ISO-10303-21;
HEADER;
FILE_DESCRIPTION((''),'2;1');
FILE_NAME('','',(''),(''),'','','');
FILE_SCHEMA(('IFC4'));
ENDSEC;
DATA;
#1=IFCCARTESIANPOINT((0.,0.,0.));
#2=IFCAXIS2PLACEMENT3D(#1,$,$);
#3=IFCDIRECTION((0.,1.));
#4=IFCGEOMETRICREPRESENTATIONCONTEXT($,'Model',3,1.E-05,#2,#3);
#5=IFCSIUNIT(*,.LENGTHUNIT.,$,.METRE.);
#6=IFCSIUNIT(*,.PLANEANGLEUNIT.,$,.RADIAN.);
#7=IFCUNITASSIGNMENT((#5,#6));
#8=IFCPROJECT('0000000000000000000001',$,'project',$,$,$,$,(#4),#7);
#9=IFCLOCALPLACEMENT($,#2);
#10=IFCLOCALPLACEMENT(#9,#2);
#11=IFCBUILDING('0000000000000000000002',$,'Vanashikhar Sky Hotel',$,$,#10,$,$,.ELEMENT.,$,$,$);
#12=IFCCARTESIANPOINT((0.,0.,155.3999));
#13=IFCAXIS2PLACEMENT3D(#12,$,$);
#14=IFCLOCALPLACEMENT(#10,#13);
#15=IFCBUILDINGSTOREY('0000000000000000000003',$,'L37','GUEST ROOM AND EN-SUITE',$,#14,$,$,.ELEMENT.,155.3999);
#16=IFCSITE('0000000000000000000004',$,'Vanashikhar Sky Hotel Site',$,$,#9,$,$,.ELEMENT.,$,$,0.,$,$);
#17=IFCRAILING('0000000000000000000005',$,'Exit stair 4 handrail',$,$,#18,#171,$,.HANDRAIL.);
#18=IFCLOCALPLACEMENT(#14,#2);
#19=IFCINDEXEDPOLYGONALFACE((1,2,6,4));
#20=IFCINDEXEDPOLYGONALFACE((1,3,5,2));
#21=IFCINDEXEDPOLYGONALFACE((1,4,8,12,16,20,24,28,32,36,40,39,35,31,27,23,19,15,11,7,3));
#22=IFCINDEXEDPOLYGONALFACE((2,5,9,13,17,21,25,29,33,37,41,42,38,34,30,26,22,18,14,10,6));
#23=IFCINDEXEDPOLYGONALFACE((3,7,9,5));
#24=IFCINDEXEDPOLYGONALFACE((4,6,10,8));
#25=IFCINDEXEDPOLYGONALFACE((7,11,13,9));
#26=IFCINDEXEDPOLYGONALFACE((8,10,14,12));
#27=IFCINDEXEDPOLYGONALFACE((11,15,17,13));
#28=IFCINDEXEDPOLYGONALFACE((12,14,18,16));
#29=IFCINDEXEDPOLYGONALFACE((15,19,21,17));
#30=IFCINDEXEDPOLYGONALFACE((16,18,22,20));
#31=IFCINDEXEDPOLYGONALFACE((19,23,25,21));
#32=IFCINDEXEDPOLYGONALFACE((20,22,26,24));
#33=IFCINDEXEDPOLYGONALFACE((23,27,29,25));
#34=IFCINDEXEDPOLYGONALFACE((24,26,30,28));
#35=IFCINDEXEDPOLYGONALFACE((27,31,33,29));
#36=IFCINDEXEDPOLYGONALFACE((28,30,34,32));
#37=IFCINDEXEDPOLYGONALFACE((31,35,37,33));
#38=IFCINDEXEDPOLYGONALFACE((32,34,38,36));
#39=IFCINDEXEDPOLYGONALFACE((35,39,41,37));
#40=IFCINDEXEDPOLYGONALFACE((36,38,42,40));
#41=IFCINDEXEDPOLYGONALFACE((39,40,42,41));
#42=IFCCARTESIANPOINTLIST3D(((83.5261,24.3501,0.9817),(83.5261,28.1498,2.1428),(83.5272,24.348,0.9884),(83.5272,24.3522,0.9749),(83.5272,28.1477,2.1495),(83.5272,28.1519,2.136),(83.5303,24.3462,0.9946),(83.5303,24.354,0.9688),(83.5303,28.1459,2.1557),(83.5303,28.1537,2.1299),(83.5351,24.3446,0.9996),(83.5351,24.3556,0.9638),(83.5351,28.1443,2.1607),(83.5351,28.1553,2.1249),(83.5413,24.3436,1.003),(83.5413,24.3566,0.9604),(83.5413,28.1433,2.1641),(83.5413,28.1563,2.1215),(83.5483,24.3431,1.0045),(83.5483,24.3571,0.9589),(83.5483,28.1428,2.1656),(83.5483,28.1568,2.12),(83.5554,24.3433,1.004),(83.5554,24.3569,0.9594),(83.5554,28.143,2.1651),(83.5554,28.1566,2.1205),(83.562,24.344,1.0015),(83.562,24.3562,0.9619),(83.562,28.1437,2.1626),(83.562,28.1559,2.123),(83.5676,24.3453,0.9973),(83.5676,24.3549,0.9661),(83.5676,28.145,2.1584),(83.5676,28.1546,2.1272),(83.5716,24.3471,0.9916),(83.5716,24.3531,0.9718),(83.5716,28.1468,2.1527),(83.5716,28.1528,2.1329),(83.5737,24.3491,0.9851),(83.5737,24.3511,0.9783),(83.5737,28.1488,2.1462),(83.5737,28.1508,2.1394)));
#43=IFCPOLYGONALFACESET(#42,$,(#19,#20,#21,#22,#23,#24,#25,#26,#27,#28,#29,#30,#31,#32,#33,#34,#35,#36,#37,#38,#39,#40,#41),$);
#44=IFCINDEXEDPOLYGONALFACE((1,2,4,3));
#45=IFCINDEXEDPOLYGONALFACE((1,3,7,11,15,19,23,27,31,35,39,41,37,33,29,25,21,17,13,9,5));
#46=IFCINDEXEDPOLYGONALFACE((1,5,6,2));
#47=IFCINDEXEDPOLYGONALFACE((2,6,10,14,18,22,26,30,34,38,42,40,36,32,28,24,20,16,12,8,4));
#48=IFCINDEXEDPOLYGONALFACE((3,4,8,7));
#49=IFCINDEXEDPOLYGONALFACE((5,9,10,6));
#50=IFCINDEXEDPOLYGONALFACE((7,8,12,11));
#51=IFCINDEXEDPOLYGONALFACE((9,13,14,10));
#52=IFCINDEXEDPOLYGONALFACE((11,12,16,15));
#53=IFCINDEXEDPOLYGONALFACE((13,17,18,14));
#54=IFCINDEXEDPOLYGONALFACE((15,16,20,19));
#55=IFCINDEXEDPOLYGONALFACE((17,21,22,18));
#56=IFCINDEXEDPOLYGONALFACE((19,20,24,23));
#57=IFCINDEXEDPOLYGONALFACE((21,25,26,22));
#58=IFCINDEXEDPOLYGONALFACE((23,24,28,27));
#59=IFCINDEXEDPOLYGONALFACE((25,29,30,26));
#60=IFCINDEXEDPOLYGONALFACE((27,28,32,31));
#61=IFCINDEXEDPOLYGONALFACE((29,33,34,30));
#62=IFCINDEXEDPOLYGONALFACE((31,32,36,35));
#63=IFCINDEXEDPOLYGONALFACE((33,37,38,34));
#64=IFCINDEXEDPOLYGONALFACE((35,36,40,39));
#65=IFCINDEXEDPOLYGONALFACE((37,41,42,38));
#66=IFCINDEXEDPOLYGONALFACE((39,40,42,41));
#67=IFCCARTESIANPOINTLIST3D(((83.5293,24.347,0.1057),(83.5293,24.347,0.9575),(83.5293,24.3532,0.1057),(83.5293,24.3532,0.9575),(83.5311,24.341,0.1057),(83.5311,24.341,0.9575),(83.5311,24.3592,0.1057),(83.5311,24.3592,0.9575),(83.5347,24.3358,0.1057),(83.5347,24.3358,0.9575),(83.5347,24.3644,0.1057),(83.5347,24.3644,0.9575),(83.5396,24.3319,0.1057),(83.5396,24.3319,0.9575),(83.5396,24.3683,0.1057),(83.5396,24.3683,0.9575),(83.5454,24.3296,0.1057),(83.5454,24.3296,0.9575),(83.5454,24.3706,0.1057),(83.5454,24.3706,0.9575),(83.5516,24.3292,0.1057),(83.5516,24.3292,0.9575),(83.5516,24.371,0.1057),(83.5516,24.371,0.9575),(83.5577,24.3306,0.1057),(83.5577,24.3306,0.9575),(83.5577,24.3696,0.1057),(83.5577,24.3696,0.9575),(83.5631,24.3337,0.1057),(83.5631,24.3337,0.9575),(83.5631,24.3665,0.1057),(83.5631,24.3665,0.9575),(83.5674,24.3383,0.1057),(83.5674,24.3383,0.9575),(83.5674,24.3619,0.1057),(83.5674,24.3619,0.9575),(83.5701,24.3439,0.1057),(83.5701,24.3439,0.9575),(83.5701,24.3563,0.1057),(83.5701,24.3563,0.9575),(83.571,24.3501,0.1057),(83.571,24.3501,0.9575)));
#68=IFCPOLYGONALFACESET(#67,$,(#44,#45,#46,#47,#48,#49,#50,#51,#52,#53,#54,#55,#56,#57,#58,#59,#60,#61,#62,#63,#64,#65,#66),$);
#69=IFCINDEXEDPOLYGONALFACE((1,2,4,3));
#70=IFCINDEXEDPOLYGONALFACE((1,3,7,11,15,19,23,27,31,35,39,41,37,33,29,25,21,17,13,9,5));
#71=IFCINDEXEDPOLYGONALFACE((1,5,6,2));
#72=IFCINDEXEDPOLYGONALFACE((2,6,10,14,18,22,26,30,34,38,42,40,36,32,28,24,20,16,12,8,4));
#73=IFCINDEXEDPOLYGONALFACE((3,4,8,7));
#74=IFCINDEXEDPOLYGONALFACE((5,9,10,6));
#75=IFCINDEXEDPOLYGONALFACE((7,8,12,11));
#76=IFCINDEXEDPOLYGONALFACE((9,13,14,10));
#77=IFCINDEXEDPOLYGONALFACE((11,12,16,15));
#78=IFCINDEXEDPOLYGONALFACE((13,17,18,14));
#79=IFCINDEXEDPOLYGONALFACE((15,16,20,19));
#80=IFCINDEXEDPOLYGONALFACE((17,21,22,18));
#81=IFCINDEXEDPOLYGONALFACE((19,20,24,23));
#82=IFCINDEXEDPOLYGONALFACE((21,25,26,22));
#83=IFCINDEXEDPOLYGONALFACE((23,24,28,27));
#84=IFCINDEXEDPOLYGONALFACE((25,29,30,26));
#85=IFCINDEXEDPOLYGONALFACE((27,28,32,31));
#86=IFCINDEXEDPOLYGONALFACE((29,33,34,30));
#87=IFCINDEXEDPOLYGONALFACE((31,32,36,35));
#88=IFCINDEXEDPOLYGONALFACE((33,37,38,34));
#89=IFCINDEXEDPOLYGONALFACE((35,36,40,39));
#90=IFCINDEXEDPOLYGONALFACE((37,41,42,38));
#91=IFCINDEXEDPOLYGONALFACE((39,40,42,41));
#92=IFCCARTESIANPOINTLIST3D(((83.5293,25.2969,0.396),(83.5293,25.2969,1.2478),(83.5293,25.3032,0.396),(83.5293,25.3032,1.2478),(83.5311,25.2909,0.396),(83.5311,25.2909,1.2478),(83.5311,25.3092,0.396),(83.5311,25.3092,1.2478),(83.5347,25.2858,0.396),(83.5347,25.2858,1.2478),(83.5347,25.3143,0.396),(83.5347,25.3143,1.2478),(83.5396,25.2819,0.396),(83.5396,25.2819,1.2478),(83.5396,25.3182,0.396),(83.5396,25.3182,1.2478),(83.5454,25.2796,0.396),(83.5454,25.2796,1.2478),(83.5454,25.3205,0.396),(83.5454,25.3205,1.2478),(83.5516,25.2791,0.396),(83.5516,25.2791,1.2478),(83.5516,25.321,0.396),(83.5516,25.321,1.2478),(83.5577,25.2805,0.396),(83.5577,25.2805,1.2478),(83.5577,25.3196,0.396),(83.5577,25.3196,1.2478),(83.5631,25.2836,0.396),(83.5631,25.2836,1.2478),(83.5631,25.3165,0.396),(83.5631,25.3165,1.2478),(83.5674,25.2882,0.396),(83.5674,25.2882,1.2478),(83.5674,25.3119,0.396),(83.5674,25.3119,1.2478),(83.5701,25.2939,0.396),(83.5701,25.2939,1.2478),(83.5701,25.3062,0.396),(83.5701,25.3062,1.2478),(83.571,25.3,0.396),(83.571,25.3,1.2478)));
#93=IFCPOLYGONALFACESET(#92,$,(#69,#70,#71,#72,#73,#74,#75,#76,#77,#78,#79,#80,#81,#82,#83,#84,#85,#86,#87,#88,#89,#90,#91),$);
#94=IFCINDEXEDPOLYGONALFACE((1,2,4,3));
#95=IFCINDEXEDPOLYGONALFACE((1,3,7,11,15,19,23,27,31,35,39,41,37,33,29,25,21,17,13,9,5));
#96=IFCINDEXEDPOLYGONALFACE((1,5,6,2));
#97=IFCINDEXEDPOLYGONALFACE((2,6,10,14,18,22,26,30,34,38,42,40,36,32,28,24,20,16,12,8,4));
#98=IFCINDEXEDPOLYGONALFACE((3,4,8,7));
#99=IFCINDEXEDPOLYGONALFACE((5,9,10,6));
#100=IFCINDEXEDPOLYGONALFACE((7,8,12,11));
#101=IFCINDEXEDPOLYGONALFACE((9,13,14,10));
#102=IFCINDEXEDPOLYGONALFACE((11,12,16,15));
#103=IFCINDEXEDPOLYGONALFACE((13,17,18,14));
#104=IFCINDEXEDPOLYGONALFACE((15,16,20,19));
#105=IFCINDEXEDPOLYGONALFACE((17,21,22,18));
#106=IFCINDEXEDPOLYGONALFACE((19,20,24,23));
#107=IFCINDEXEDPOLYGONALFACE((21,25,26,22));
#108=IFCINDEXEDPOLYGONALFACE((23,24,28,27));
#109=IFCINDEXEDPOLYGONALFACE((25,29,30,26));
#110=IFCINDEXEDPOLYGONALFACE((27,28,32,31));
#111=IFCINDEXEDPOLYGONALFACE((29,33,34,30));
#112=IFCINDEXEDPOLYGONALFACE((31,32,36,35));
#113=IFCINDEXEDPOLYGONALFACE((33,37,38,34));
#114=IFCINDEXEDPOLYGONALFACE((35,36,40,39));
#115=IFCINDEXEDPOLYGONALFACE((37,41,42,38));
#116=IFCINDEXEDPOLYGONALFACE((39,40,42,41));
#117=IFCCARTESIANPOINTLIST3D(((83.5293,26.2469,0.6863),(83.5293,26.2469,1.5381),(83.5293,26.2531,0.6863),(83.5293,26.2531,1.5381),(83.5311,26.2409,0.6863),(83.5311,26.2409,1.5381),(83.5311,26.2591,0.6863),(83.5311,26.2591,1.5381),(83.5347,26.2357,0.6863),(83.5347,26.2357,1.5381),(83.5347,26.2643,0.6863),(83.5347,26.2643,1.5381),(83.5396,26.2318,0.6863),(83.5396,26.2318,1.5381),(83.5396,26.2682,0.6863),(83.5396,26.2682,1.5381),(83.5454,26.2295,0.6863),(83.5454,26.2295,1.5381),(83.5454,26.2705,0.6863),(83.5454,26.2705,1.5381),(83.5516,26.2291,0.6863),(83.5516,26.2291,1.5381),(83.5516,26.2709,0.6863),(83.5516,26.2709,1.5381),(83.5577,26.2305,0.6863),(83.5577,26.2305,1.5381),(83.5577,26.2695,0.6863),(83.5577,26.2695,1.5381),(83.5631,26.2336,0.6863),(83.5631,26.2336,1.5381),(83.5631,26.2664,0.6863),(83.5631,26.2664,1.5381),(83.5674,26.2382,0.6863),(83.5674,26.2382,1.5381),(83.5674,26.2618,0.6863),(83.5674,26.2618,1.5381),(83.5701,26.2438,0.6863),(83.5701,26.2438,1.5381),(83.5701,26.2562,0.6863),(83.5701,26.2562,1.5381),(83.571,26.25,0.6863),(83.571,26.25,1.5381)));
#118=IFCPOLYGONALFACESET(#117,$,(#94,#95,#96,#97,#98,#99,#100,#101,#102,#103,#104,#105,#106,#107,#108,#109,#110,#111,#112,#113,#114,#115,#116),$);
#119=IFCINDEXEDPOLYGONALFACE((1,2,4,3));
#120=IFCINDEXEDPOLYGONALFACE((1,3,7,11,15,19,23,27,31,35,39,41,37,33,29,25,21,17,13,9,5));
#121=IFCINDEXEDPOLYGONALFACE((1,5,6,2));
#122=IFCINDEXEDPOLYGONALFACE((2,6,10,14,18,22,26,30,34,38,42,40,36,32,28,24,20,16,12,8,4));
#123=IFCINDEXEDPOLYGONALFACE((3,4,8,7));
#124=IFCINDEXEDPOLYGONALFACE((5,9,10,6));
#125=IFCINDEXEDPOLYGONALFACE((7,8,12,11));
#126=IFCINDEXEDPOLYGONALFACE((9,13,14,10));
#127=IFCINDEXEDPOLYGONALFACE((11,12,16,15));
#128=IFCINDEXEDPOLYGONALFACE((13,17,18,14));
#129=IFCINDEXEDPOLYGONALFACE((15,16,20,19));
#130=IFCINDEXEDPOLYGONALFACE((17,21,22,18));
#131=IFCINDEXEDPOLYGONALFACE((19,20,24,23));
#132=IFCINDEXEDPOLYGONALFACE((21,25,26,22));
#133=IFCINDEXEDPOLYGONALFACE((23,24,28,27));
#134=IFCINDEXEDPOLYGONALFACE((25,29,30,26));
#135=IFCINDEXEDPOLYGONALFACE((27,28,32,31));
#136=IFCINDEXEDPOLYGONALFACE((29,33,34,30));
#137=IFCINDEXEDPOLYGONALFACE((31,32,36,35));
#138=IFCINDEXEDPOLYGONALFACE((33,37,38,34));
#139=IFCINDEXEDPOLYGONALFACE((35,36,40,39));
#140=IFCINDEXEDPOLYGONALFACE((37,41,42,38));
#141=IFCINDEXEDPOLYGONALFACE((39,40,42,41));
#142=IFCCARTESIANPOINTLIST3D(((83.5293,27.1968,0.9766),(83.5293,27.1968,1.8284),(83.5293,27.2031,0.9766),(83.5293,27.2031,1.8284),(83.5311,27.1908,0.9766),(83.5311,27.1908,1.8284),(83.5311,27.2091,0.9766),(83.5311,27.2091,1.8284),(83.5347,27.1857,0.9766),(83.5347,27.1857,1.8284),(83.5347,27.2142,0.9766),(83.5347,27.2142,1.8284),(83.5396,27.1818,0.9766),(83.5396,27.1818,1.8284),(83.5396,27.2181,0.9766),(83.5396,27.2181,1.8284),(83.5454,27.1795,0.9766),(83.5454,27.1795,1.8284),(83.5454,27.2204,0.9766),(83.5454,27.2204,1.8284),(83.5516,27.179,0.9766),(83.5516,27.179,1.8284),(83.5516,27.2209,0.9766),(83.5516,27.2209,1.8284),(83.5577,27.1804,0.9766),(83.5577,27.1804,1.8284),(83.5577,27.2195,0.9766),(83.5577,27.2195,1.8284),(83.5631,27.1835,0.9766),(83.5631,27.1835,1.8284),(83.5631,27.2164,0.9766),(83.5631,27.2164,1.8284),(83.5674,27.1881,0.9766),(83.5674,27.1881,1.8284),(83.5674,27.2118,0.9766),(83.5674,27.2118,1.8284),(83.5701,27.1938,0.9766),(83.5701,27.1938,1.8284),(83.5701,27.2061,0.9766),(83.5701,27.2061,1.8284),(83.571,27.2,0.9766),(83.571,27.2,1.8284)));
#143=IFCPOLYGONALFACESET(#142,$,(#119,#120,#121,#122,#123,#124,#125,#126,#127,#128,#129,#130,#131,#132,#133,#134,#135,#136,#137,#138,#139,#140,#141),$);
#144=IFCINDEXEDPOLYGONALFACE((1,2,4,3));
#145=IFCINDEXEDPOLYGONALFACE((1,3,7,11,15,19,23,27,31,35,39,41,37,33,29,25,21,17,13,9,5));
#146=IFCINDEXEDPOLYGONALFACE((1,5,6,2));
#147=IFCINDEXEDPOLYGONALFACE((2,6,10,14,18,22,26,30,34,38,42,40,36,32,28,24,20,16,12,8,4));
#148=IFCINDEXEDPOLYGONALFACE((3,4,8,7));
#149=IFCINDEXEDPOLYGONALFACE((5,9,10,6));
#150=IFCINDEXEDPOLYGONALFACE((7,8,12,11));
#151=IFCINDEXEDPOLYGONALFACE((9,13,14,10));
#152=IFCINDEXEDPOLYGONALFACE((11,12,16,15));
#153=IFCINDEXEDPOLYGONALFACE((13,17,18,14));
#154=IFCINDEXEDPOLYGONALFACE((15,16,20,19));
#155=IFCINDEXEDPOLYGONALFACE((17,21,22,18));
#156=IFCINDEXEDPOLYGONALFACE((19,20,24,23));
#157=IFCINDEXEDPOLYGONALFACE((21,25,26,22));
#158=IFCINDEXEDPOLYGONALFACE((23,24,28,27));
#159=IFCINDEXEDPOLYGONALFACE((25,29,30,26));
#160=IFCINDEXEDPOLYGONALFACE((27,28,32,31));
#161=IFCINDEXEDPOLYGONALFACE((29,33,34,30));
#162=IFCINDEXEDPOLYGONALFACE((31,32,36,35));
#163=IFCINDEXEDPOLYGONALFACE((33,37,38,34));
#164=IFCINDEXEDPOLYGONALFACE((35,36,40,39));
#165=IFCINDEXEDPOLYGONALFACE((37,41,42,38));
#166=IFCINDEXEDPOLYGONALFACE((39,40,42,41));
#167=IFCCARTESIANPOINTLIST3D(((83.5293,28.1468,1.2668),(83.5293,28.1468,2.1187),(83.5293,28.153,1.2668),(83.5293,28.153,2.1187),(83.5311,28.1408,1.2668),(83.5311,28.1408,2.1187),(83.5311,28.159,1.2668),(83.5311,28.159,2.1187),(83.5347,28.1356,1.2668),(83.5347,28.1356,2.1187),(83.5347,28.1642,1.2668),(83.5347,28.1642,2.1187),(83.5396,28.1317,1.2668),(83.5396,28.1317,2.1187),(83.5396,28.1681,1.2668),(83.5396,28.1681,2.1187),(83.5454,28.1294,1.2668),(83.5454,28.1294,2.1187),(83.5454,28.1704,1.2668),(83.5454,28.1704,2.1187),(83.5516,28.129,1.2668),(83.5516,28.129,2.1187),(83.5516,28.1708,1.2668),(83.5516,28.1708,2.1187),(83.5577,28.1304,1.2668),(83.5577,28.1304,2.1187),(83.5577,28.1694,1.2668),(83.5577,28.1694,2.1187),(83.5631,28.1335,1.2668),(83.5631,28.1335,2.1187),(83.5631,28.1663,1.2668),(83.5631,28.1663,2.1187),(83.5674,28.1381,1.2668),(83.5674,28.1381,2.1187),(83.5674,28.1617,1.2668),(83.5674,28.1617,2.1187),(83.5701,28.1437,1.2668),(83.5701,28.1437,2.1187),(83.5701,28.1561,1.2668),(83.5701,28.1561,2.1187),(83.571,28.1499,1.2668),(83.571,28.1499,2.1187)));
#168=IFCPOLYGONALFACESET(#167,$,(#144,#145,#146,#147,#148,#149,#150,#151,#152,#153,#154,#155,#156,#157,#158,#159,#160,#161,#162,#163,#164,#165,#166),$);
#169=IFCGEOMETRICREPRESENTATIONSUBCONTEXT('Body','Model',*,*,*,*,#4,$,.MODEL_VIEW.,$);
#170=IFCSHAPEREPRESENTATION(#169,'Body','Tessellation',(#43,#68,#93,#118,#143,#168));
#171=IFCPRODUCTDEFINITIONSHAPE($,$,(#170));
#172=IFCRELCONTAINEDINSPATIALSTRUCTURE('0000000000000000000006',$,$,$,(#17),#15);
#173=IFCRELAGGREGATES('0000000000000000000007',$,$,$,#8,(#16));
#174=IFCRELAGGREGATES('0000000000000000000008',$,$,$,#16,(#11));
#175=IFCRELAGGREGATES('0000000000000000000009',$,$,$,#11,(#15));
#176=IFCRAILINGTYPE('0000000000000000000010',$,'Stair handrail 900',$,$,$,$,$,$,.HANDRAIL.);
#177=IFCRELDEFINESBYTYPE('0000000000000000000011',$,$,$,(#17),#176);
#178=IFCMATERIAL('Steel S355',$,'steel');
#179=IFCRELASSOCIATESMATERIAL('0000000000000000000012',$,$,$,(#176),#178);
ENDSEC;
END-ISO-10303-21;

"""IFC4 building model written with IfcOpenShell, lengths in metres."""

from ifc_helpers import new_model, si_unit, direction, frame, origin, origin_2d, place, context, subcontext, project, spatial, circle, extrude, source, transform, mapped, material, type_object, element, save


model = new_model("IFC4")

# Units and contexts
model_context = context("Model", 3, precision=1e-05, world=origin(), true_north=direction((0.0, 1.0)))
body_context = subcontext(model_context, "Body", "Model", "MODEL_VIEW")
ifc_project = project(units=[si_unit("LENGTHUNIT", "METRE"), si_unit("PLANEANGLEUNIT", "RADIAN")], contexts=[model_context])

# Site, building, storey
site_placement = place(None, origin())
site = spatial("IfcSite", under=ifc_project, at=site_placement, Name="Vanashikhar Sky Hotel Site", CompositionType="ELEMENT", RefElevation=0.0)
building_placement = place(site_placement, origin())
building = spatial("IfcBuilding", under=site, at=building_placement, Name="Vanashikhar Sky Hotel", CompositionType="ELEMENT")
storey_placement = place(building_placement, frame((0.0, 0.0, 155.3999)))
storey = spatial("IfcBuildingStorey", under=building, at=storey_placement, Name="L37", Description="GUEST ROOM AND EN-SUITE", CompositionType="ELEMENT", Elevation=155.3999)

# Railing
ifc_material_1 = material(Name="Steel S355", Category="steel")
railing_type_1 = type_object("IfcRailingType", Name="Stair handrail 900", PredefinedType="HANDRAIL", material=ifc_material_1)
shared_shape_1 = source(origin(), body_context, "Body", "SweptSolid", [
    extrude(circle(Radius=0.0239, at=origin_2d()), frame((0.0, 0.0, 0.876), z_axis=(0.0, 0.956346, 0.292237), x_axis=(-1.0, 0.0, 0.0)), (0.0, 0.0, 1.0), 3.9731),
    extrude(circle(Radius=0.021, at=origin_2d()), origin(), (0.0, 0.0, 1.0), 0.8518),
    extrude(circle(Radius=0.021, at=origin_2d()), frame((0.0, 0.95, 0.2903)), (0.0, 0.0, 1.0), 0.8518),
    extrude(circle(Radius=0.021, at=origin_2d()), frame((0.0, 1.8999, 0.5806)), (0.0, 0.0, 1.0), 0.8518),
    extrude(circle(Radius=0.021, at=origin_2d()), frame((0.0, 2.8499, 0.8708)), (0.0, 0.0, 1.0), 0.8518),
    extrude(circle(Radius=0.021, at=origin_2d()), frame((0.0, 3.7998, 1.1611)), (0.0, 0.0, 1.0), 0.8518),
])
for number, where, name in (
    (1, (83.55, 24.3501, 0.1057), "Exit stair 4 handrail"),
):
    element("IfcRailing", number, at=place(storey_placement, frame(where)), inside=storey, type_object=railing_type_1, Name=name, PredefinedType="HANDRAIL", context=body_context, shape_type="MappedRepresentation", body=[
        mapped(shared_shape_1, transform((0.0, 0.0, 0.0), scale=1.0)),
    ])

save(model, "model.ifc")
